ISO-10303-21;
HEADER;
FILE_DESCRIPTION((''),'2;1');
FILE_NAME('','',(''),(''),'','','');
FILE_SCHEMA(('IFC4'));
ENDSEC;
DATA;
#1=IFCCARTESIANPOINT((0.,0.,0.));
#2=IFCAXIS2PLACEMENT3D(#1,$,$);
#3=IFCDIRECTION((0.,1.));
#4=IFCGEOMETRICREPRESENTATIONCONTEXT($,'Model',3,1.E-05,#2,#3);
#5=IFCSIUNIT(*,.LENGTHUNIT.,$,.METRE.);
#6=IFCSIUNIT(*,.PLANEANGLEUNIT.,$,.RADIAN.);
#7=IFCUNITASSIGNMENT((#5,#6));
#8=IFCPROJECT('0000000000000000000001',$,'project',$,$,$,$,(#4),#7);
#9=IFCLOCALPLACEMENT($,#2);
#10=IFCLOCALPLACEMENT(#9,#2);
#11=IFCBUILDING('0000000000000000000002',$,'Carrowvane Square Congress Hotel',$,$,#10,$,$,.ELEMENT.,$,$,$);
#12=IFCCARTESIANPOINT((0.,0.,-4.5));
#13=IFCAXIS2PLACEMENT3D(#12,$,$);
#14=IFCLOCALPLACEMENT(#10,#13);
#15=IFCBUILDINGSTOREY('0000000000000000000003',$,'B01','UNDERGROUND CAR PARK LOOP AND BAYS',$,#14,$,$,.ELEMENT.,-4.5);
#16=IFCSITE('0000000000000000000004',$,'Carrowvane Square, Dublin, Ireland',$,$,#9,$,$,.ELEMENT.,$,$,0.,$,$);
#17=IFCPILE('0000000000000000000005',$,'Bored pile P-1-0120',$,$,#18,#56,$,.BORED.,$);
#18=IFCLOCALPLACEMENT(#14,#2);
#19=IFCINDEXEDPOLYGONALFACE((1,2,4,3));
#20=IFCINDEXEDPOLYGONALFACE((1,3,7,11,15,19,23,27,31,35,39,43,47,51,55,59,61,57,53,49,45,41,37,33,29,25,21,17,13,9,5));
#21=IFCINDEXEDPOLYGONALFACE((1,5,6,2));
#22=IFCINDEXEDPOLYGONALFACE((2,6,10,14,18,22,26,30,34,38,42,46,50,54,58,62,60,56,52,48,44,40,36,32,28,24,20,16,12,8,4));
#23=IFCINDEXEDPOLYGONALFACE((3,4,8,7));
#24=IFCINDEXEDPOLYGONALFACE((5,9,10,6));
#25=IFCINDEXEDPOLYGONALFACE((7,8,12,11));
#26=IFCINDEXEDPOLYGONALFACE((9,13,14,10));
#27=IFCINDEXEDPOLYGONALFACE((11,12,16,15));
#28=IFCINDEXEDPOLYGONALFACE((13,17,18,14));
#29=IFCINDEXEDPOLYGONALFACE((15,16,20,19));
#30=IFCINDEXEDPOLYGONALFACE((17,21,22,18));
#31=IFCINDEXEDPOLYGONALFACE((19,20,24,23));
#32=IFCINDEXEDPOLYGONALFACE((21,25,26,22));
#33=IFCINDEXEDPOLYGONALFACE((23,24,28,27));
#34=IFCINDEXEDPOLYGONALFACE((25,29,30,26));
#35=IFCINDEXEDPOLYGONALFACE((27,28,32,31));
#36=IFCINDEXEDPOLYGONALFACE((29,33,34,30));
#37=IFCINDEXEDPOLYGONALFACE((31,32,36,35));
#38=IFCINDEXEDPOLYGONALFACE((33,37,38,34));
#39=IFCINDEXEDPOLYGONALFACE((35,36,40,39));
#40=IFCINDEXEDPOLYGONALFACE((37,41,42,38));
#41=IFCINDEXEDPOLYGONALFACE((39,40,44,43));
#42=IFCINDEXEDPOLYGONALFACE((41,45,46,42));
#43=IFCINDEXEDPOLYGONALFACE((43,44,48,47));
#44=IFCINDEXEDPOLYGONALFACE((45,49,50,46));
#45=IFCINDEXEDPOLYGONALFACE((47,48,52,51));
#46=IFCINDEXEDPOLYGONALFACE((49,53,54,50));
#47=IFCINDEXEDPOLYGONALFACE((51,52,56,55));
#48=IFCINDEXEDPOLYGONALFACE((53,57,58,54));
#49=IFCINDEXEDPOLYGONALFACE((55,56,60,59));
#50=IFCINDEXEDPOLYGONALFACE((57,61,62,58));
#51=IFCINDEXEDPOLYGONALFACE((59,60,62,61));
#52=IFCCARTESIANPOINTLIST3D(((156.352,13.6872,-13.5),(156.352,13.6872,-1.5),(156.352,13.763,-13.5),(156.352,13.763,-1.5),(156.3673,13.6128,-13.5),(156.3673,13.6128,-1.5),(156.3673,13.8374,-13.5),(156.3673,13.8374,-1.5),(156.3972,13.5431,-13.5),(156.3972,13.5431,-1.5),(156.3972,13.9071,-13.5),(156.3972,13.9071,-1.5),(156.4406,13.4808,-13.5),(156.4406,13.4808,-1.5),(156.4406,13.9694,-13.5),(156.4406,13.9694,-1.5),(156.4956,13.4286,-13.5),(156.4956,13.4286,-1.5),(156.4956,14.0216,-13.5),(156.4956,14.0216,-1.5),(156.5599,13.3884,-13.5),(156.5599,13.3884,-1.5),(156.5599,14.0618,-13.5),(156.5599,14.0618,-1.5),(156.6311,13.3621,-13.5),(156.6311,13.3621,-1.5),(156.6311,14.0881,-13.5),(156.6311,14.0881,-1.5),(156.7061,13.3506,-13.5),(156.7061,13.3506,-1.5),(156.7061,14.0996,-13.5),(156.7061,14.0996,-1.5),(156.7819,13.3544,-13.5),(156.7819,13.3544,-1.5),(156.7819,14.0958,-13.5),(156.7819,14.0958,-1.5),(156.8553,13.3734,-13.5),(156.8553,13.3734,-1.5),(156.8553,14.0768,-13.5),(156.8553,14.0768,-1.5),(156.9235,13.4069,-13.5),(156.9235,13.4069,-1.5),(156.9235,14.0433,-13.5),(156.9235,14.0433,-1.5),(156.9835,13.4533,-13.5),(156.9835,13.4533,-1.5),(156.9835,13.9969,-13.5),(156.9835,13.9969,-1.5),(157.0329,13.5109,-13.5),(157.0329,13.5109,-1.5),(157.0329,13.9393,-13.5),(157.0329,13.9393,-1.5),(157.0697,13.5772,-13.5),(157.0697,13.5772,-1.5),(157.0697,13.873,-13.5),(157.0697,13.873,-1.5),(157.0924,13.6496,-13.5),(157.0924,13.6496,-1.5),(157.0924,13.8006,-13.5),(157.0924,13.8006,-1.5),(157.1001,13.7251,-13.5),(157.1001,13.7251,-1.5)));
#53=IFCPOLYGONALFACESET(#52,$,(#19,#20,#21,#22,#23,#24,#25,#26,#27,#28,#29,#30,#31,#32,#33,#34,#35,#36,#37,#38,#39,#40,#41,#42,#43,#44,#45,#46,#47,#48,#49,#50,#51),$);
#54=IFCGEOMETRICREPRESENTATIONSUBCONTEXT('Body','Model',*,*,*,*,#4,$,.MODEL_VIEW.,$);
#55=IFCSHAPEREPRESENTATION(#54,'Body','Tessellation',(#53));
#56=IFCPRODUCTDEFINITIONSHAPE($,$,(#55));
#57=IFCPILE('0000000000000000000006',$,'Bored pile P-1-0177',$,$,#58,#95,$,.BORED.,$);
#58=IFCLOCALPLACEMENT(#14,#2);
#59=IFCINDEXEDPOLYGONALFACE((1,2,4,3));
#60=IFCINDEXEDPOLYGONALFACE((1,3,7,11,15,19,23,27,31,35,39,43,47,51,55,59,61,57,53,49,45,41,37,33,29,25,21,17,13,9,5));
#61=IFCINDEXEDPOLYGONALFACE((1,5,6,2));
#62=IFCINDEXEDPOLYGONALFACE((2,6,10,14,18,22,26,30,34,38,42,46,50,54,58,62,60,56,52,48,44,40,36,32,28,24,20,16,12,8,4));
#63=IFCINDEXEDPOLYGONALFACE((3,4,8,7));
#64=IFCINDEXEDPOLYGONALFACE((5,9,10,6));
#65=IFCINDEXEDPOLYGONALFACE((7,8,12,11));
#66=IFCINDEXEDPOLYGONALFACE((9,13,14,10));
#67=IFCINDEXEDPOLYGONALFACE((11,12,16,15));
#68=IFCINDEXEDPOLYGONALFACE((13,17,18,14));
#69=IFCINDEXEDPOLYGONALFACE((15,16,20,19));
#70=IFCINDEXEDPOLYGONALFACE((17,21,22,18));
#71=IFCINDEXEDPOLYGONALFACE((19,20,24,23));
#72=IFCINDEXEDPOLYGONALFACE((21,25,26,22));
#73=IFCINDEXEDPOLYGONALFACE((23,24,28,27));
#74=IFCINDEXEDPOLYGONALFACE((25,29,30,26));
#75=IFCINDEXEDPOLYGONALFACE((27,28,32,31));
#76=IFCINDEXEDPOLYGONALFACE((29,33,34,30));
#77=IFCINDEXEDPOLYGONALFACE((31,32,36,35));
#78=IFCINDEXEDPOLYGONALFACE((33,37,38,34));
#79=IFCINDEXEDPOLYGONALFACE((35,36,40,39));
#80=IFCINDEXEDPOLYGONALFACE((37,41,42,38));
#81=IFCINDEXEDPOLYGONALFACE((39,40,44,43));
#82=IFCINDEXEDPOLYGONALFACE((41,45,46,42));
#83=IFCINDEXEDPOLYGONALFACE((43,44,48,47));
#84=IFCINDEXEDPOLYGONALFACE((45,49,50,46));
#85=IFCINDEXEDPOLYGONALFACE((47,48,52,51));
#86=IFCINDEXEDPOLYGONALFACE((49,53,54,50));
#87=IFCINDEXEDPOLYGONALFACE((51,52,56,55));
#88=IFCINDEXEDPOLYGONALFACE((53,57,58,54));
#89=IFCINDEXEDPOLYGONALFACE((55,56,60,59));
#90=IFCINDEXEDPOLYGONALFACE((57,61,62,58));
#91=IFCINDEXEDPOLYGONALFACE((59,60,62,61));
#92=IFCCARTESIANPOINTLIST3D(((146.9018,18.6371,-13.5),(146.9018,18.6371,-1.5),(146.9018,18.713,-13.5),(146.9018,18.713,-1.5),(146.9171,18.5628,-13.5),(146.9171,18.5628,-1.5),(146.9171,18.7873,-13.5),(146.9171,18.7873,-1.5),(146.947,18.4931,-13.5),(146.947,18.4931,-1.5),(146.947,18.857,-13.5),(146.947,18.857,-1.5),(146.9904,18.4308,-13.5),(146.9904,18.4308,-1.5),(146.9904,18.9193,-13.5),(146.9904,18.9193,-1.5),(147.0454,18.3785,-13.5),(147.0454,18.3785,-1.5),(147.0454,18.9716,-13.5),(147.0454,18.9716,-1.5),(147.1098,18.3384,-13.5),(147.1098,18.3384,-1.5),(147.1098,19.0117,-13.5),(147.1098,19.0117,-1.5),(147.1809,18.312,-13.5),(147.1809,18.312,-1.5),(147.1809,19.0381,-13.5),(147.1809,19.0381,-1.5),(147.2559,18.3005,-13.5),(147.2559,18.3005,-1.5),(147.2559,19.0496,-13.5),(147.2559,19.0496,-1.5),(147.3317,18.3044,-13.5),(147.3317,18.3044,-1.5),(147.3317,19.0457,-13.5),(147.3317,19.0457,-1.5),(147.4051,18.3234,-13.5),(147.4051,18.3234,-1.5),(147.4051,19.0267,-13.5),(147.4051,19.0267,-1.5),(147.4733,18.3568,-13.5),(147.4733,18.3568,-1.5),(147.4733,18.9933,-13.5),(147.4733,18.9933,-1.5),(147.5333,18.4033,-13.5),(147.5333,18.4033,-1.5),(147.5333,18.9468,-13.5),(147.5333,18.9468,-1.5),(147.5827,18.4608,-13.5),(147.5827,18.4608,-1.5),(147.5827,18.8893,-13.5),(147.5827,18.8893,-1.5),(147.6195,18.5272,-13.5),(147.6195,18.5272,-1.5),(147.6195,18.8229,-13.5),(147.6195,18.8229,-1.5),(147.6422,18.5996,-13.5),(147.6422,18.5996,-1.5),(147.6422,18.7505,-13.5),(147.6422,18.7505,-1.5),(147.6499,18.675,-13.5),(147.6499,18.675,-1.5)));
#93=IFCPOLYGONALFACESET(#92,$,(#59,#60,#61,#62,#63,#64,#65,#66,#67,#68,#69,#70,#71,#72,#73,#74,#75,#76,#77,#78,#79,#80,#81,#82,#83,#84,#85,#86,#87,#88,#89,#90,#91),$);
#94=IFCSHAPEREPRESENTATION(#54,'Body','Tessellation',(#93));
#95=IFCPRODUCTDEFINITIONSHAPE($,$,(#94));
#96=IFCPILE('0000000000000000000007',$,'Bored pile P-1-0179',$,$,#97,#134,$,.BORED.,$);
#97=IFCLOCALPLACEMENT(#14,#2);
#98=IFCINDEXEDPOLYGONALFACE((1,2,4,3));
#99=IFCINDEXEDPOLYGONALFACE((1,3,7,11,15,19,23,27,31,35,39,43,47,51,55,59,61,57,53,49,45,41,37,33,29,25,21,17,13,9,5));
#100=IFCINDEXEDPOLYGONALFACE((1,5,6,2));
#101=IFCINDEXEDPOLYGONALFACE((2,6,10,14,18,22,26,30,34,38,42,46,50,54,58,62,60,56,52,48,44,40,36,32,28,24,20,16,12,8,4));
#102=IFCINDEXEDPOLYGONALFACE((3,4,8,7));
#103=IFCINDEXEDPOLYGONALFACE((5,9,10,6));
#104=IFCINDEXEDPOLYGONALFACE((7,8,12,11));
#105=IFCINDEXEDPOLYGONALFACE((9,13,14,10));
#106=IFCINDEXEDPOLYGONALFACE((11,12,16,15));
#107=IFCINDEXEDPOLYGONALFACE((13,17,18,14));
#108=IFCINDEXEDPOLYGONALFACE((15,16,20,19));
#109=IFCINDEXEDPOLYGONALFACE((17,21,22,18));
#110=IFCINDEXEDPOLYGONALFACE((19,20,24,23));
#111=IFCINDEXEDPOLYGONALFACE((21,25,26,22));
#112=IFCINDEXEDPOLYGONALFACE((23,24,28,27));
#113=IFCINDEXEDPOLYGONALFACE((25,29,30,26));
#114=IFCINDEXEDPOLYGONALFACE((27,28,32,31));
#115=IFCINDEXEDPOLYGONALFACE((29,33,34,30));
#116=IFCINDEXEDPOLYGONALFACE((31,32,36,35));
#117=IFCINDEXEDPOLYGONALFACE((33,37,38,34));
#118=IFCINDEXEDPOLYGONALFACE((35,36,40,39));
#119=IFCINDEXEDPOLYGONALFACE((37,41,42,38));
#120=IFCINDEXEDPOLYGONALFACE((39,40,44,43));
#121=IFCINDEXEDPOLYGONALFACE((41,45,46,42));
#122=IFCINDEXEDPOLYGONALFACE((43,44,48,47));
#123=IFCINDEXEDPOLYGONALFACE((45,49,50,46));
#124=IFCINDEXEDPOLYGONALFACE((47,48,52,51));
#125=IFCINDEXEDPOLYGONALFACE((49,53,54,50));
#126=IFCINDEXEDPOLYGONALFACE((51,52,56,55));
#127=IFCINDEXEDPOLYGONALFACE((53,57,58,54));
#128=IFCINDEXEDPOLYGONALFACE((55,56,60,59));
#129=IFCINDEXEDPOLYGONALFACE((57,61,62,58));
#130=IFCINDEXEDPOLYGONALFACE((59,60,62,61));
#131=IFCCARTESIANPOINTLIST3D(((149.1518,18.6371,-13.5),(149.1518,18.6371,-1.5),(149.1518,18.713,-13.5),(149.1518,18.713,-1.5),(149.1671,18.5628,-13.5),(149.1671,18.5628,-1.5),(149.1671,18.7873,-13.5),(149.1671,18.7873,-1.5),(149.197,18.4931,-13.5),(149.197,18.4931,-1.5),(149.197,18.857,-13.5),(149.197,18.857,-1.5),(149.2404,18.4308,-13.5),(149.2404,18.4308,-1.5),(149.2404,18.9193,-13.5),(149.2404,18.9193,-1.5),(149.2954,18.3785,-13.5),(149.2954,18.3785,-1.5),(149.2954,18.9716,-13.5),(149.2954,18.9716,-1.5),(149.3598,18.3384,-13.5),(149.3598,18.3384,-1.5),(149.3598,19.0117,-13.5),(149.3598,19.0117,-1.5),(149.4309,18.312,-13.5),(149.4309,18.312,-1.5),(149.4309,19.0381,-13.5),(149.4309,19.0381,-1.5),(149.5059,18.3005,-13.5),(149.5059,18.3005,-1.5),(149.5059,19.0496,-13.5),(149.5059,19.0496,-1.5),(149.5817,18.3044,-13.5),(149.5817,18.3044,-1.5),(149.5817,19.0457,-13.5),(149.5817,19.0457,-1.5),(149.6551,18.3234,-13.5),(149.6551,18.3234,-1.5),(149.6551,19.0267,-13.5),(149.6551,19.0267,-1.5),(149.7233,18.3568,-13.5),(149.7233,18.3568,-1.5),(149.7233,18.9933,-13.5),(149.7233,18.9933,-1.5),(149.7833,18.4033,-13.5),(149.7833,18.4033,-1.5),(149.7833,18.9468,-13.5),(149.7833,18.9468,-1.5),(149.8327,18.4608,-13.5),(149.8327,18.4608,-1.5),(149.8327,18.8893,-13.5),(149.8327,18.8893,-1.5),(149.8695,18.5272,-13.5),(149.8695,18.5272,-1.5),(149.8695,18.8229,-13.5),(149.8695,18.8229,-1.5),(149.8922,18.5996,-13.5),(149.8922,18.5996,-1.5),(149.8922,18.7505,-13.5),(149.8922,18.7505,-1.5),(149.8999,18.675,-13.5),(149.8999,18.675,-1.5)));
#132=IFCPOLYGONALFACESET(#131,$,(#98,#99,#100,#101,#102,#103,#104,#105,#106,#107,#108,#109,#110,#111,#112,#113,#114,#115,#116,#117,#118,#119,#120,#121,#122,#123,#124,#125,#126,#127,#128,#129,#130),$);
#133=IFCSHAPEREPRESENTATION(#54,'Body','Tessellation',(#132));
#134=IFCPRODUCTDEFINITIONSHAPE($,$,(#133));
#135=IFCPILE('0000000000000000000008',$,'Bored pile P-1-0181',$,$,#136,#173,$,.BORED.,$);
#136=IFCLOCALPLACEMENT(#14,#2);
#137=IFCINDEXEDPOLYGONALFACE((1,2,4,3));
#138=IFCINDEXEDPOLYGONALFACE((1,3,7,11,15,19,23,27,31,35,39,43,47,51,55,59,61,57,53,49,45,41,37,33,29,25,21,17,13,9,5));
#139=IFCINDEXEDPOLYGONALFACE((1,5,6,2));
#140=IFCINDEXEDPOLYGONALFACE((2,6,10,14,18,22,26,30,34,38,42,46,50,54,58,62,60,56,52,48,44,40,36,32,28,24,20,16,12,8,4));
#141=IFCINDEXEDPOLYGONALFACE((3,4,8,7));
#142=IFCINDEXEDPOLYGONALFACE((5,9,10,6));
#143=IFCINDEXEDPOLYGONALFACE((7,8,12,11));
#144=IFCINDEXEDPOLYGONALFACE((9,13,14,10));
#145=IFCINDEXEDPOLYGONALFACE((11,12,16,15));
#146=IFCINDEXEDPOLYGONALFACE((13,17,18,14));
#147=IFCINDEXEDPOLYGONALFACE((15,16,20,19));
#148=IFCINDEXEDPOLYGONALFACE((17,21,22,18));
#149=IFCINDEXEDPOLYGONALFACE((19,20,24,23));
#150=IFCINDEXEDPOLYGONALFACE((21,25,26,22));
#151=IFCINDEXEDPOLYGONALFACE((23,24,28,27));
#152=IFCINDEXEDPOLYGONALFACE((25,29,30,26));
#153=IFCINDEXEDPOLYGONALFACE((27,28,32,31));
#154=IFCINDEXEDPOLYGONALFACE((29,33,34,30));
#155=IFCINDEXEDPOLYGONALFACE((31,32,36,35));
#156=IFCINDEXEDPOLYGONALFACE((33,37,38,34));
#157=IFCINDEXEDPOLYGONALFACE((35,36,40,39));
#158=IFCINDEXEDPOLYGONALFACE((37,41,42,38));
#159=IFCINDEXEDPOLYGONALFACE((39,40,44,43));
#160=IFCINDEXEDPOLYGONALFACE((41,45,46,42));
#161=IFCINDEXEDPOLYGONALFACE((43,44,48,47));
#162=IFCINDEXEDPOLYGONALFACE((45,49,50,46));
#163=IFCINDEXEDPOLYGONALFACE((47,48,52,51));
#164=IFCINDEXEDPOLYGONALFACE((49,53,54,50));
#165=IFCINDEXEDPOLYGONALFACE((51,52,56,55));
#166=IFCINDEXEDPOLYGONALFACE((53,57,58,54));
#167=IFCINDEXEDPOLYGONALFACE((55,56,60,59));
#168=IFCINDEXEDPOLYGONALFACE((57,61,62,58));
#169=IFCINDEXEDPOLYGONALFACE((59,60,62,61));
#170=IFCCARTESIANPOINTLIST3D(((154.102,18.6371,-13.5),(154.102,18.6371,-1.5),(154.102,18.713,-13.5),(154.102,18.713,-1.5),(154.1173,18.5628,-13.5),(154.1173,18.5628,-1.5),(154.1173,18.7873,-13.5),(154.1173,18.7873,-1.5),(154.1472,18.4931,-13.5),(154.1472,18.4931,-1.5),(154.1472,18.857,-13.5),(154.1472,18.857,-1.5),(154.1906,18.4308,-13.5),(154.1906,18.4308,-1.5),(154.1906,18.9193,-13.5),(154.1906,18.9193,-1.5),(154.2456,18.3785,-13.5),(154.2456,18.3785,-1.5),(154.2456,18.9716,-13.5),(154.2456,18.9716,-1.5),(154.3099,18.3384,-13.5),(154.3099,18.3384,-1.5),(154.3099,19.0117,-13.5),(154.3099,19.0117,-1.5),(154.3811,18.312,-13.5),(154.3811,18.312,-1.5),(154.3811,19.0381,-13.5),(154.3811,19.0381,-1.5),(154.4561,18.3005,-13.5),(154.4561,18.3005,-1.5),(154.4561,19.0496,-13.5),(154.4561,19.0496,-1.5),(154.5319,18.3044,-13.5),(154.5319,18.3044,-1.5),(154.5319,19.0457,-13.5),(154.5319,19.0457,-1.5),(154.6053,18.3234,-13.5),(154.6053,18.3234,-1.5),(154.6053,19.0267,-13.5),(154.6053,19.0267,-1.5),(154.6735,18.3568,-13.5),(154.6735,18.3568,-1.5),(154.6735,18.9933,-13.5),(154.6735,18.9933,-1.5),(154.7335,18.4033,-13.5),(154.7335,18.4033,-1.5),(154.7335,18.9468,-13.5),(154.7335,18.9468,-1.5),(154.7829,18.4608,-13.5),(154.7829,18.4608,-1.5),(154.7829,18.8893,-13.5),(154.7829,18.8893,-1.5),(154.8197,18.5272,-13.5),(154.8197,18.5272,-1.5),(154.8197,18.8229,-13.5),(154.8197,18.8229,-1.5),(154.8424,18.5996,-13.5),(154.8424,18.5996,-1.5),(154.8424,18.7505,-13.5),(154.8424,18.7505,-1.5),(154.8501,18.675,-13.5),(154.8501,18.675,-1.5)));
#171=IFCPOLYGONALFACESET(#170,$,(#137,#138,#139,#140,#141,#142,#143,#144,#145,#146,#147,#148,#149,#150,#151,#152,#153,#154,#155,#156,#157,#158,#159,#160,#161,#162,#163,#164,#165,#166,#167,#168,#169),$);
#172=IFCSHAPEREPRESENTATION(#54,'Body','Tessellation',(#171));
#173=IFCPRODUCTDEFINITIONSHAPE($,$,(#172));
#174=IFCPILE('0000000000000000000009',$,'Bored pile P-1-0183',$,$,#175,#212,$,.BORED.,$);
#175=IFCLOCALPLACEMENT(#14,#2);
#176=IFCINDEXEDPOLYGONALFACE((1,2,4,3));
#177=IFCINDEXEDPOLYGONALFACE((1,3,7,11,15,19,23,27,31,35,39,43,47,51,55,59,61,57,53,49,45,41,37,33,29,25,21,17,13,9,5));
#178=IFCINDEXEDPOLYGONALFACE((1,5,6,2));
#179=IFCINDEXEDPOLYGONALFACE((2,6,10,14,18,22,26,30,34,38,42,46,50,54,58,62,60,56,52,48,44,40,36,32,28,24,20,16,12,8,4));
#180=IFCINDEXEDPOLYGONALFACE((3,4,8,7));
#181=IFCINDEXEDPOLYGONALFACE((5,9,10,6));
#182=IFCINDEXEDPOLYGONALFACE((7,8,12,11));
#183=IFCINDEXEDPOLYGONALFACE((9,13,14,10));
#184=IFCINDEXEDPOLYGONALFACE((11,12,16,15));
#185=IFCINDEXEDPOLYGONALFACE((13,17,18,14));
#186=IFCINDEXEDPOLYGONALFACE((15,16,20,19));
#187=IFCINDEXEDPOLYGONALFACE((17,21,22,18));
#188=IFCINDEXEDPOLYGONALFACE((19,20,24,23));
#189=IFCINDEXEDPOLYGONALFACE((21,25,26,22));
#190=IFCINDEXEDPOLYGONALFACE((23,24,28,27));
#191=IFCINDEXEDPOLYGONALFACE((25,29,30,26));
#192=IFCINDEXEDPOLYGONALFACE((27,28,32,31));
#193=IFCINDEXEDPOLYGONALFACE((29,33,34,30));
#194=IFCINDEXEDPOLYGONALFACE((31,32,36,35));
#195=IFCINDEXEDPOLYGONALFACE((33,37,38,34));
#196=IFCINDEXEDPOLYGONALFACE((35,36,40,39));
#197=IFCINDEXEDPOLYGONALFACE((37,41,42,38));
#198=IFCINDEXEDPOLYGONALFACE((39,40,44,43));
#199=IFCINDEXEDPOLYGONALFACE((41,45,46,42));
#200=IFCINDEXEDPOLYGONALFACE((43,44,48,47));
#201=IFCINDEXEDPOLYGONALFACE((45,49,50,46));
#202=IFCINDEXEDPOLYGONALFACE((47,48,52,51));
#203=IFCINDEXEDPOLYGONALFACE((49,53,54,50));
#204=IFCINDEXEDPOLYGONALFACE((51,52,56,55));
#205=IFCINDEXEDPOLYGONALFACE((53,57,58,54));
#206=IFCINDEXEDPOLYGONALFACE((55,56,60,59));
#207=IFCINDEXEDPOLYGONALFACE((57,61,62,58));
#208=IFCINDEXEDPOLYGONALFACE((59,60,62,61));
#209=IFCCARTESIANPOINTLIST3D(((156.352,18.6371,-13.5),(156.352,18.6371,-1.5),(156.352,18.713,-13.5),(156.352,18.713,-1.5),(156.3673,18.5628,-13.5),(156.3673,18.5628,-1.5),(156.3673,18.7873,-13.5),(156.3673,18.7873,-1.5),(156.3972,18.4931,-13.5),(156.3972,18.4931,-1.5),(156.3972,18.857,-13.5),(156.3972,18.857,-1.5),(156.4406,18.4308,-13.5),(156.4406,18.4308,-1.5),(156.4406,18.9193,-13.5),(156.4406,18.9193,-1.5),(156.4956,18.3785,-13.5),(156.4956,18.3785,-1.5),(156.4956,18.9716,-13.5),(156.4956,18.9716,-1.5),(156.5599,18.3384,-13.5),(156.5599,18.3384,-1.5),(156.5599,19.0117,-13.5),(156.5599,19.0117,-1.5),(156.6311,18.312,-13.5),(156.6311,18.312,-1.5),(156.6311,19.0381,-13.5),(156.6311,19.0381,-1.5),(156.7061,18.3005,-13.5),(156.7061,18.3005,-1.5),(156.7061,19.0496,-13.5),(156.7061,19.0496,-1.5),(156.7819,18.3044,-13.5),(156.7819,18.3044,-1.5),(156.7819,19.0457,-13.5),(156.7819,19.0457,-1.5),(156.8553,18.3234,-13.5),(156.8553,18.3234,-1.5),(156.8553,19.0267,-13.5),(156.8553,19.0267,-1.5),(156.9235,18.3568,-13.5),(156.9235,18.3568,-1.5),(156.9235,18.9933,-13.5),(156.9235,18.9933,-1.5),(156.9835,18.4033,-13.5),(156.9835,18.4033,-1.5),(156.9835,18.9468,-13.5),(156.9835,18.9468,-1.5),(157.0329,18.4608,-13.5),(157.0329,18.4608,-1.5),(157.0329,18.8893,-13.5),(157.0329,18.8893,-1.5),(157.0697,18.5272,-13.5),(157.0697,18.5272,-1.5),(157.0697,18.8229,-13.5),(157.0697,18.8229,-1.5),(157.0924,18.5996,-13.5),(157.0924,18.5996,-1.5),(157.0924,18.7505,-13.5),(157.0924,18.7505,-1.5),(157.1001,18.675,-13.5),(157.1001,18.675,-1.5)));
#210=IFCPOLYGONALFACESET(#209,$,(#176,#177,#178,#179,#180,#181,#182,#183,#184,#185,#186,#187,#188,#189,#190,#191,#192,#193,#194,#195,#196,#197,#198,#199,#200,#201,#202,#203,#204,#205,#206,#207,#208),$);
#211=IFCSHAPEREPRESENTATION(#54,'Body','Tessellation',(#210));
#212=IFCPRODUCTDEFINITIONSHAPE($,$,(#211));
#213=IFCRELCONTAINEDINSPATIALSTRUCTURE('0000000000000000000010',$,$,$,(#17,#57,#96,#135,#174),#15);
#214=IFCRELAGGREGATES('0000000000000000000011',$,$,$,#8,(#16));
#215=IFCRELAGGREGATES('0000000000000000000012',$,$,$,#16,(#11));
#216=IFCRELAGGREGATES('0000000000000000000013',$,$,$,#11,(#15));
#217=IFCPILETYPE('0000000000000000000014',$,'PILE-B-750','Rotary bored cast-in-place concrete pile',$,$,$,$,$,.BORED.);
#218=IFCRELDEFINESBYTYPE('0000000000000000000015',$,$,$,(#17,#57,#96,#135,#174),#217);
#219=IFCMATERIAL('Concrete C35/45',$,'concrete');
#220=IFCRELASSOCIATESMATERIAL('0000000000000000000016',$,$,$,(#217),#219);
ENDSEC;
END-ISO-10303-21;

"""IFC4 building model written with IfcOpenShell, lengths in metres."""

from ifc_helpers import new_model, si_unit, direction, frame, origin, origin_2d, place, context, subcontext, project, spatial, circle, extrude, material, material_profile, profile_set, type_object, element, save


model = new_model("IFC4")

# Units and contexts
model_context = context("Model", 3, precision=1e-05, world=origin(), true_north=direction((0.0, 1.0)))
body_context = subcontext(model_context, "Body", "Model", "MODEL_VIEW")
ifc_project = project(units=[si_unit("LENGTHUNIT", "METRE"), si_unit("PLANEANGLEUNIT", "RADIAN")], contexts=[model_context])

# Site, building, storey
site_placement = place(None, origin())
site = spatial("IfcSite", under=ifc_project, at=site_placement, Name="Carrowvane Square, Dublin, Ireland", CompositionType="ELEMENT", RefElevation=0.0)
building_placement = place(site_placement, origin())
building = spatial("IfcBuilding", under=site, at=building_placement, Name="Carrowvane Square Congress Hotel", CompositionType="ELEMENT")
storey_placement = place(building_placement, frame((0.0, 0.0, -4.5)))
storey = spatial("IfcBuildingStorey", under=building, at=storey_placement, Name="B01", Description="UNDERGROUND CAR PARK LOOP AND BAYS", CompositionType="ELEMENT", Elevation=-4.5)

# Piles
ifc_material_1 = material(Name="Concrete C35/45", Category="concrete")
ifc_material_profile_1 = material_profile(ifc_material_1, circle(Radius=0.375, at=origin_2d()), Name="PILE D750")
ifc_profile_set_1 = profile_set([ifc_material_profile_1], Name="Concrete C35/45")
pile_type_1 = type_object("IfcPileType", Name="PILE-B-750", Description="Rotary bored cast-in-place concrete pile", PredefinedType="BORED", material=ifc_profile_set_1)
for number, where, z_axis, x_axis, name in (
    (1, (156.7251, 13.7251, -1.5), (0.0, 0.0, -1.0), (1.0, 0.0, 0.0), "Bored pile P-1-0120"),
    (2, (147.2749, 18.675, -1.5), (0.0, 0.0, -1.0), (1.0, 0.0, 0.0), "Bored pile P-1-0177"),
    (3, (149.5249, 18.675, -1.5), (0.0, 0.0, -1.0), (1.0, 0.0, 0.0), "Bored pile P-1-0179"),
    (4, (154.4751, 18.675, -1.5), (0.0, 0.0, -1.0), (1.0, 0.0, 0.0), "Bored pile P-1-0181"),
    (5, (156.7251, 18.675, -1.5), (0.0, 0.0, -1.0), (1.0, 0.0, 0.0), "Bored pile P-1-0183"),
):
    element("IfcPile", number, at=place(storey_placement, frame(where, z_axis=z_axis, x_axis=x_axis)), inside=storey, type_object=pile_type_1, Name=name, PredefinedType="BORED", context=body_context, shape_type="SweptSolid", body=[
        extrude(circle(Radius=0.375, at=origin_2d()), origin(), (0.0, 0.0, 1.0), 12.0),
    ])

save(model, "model.ifc")
